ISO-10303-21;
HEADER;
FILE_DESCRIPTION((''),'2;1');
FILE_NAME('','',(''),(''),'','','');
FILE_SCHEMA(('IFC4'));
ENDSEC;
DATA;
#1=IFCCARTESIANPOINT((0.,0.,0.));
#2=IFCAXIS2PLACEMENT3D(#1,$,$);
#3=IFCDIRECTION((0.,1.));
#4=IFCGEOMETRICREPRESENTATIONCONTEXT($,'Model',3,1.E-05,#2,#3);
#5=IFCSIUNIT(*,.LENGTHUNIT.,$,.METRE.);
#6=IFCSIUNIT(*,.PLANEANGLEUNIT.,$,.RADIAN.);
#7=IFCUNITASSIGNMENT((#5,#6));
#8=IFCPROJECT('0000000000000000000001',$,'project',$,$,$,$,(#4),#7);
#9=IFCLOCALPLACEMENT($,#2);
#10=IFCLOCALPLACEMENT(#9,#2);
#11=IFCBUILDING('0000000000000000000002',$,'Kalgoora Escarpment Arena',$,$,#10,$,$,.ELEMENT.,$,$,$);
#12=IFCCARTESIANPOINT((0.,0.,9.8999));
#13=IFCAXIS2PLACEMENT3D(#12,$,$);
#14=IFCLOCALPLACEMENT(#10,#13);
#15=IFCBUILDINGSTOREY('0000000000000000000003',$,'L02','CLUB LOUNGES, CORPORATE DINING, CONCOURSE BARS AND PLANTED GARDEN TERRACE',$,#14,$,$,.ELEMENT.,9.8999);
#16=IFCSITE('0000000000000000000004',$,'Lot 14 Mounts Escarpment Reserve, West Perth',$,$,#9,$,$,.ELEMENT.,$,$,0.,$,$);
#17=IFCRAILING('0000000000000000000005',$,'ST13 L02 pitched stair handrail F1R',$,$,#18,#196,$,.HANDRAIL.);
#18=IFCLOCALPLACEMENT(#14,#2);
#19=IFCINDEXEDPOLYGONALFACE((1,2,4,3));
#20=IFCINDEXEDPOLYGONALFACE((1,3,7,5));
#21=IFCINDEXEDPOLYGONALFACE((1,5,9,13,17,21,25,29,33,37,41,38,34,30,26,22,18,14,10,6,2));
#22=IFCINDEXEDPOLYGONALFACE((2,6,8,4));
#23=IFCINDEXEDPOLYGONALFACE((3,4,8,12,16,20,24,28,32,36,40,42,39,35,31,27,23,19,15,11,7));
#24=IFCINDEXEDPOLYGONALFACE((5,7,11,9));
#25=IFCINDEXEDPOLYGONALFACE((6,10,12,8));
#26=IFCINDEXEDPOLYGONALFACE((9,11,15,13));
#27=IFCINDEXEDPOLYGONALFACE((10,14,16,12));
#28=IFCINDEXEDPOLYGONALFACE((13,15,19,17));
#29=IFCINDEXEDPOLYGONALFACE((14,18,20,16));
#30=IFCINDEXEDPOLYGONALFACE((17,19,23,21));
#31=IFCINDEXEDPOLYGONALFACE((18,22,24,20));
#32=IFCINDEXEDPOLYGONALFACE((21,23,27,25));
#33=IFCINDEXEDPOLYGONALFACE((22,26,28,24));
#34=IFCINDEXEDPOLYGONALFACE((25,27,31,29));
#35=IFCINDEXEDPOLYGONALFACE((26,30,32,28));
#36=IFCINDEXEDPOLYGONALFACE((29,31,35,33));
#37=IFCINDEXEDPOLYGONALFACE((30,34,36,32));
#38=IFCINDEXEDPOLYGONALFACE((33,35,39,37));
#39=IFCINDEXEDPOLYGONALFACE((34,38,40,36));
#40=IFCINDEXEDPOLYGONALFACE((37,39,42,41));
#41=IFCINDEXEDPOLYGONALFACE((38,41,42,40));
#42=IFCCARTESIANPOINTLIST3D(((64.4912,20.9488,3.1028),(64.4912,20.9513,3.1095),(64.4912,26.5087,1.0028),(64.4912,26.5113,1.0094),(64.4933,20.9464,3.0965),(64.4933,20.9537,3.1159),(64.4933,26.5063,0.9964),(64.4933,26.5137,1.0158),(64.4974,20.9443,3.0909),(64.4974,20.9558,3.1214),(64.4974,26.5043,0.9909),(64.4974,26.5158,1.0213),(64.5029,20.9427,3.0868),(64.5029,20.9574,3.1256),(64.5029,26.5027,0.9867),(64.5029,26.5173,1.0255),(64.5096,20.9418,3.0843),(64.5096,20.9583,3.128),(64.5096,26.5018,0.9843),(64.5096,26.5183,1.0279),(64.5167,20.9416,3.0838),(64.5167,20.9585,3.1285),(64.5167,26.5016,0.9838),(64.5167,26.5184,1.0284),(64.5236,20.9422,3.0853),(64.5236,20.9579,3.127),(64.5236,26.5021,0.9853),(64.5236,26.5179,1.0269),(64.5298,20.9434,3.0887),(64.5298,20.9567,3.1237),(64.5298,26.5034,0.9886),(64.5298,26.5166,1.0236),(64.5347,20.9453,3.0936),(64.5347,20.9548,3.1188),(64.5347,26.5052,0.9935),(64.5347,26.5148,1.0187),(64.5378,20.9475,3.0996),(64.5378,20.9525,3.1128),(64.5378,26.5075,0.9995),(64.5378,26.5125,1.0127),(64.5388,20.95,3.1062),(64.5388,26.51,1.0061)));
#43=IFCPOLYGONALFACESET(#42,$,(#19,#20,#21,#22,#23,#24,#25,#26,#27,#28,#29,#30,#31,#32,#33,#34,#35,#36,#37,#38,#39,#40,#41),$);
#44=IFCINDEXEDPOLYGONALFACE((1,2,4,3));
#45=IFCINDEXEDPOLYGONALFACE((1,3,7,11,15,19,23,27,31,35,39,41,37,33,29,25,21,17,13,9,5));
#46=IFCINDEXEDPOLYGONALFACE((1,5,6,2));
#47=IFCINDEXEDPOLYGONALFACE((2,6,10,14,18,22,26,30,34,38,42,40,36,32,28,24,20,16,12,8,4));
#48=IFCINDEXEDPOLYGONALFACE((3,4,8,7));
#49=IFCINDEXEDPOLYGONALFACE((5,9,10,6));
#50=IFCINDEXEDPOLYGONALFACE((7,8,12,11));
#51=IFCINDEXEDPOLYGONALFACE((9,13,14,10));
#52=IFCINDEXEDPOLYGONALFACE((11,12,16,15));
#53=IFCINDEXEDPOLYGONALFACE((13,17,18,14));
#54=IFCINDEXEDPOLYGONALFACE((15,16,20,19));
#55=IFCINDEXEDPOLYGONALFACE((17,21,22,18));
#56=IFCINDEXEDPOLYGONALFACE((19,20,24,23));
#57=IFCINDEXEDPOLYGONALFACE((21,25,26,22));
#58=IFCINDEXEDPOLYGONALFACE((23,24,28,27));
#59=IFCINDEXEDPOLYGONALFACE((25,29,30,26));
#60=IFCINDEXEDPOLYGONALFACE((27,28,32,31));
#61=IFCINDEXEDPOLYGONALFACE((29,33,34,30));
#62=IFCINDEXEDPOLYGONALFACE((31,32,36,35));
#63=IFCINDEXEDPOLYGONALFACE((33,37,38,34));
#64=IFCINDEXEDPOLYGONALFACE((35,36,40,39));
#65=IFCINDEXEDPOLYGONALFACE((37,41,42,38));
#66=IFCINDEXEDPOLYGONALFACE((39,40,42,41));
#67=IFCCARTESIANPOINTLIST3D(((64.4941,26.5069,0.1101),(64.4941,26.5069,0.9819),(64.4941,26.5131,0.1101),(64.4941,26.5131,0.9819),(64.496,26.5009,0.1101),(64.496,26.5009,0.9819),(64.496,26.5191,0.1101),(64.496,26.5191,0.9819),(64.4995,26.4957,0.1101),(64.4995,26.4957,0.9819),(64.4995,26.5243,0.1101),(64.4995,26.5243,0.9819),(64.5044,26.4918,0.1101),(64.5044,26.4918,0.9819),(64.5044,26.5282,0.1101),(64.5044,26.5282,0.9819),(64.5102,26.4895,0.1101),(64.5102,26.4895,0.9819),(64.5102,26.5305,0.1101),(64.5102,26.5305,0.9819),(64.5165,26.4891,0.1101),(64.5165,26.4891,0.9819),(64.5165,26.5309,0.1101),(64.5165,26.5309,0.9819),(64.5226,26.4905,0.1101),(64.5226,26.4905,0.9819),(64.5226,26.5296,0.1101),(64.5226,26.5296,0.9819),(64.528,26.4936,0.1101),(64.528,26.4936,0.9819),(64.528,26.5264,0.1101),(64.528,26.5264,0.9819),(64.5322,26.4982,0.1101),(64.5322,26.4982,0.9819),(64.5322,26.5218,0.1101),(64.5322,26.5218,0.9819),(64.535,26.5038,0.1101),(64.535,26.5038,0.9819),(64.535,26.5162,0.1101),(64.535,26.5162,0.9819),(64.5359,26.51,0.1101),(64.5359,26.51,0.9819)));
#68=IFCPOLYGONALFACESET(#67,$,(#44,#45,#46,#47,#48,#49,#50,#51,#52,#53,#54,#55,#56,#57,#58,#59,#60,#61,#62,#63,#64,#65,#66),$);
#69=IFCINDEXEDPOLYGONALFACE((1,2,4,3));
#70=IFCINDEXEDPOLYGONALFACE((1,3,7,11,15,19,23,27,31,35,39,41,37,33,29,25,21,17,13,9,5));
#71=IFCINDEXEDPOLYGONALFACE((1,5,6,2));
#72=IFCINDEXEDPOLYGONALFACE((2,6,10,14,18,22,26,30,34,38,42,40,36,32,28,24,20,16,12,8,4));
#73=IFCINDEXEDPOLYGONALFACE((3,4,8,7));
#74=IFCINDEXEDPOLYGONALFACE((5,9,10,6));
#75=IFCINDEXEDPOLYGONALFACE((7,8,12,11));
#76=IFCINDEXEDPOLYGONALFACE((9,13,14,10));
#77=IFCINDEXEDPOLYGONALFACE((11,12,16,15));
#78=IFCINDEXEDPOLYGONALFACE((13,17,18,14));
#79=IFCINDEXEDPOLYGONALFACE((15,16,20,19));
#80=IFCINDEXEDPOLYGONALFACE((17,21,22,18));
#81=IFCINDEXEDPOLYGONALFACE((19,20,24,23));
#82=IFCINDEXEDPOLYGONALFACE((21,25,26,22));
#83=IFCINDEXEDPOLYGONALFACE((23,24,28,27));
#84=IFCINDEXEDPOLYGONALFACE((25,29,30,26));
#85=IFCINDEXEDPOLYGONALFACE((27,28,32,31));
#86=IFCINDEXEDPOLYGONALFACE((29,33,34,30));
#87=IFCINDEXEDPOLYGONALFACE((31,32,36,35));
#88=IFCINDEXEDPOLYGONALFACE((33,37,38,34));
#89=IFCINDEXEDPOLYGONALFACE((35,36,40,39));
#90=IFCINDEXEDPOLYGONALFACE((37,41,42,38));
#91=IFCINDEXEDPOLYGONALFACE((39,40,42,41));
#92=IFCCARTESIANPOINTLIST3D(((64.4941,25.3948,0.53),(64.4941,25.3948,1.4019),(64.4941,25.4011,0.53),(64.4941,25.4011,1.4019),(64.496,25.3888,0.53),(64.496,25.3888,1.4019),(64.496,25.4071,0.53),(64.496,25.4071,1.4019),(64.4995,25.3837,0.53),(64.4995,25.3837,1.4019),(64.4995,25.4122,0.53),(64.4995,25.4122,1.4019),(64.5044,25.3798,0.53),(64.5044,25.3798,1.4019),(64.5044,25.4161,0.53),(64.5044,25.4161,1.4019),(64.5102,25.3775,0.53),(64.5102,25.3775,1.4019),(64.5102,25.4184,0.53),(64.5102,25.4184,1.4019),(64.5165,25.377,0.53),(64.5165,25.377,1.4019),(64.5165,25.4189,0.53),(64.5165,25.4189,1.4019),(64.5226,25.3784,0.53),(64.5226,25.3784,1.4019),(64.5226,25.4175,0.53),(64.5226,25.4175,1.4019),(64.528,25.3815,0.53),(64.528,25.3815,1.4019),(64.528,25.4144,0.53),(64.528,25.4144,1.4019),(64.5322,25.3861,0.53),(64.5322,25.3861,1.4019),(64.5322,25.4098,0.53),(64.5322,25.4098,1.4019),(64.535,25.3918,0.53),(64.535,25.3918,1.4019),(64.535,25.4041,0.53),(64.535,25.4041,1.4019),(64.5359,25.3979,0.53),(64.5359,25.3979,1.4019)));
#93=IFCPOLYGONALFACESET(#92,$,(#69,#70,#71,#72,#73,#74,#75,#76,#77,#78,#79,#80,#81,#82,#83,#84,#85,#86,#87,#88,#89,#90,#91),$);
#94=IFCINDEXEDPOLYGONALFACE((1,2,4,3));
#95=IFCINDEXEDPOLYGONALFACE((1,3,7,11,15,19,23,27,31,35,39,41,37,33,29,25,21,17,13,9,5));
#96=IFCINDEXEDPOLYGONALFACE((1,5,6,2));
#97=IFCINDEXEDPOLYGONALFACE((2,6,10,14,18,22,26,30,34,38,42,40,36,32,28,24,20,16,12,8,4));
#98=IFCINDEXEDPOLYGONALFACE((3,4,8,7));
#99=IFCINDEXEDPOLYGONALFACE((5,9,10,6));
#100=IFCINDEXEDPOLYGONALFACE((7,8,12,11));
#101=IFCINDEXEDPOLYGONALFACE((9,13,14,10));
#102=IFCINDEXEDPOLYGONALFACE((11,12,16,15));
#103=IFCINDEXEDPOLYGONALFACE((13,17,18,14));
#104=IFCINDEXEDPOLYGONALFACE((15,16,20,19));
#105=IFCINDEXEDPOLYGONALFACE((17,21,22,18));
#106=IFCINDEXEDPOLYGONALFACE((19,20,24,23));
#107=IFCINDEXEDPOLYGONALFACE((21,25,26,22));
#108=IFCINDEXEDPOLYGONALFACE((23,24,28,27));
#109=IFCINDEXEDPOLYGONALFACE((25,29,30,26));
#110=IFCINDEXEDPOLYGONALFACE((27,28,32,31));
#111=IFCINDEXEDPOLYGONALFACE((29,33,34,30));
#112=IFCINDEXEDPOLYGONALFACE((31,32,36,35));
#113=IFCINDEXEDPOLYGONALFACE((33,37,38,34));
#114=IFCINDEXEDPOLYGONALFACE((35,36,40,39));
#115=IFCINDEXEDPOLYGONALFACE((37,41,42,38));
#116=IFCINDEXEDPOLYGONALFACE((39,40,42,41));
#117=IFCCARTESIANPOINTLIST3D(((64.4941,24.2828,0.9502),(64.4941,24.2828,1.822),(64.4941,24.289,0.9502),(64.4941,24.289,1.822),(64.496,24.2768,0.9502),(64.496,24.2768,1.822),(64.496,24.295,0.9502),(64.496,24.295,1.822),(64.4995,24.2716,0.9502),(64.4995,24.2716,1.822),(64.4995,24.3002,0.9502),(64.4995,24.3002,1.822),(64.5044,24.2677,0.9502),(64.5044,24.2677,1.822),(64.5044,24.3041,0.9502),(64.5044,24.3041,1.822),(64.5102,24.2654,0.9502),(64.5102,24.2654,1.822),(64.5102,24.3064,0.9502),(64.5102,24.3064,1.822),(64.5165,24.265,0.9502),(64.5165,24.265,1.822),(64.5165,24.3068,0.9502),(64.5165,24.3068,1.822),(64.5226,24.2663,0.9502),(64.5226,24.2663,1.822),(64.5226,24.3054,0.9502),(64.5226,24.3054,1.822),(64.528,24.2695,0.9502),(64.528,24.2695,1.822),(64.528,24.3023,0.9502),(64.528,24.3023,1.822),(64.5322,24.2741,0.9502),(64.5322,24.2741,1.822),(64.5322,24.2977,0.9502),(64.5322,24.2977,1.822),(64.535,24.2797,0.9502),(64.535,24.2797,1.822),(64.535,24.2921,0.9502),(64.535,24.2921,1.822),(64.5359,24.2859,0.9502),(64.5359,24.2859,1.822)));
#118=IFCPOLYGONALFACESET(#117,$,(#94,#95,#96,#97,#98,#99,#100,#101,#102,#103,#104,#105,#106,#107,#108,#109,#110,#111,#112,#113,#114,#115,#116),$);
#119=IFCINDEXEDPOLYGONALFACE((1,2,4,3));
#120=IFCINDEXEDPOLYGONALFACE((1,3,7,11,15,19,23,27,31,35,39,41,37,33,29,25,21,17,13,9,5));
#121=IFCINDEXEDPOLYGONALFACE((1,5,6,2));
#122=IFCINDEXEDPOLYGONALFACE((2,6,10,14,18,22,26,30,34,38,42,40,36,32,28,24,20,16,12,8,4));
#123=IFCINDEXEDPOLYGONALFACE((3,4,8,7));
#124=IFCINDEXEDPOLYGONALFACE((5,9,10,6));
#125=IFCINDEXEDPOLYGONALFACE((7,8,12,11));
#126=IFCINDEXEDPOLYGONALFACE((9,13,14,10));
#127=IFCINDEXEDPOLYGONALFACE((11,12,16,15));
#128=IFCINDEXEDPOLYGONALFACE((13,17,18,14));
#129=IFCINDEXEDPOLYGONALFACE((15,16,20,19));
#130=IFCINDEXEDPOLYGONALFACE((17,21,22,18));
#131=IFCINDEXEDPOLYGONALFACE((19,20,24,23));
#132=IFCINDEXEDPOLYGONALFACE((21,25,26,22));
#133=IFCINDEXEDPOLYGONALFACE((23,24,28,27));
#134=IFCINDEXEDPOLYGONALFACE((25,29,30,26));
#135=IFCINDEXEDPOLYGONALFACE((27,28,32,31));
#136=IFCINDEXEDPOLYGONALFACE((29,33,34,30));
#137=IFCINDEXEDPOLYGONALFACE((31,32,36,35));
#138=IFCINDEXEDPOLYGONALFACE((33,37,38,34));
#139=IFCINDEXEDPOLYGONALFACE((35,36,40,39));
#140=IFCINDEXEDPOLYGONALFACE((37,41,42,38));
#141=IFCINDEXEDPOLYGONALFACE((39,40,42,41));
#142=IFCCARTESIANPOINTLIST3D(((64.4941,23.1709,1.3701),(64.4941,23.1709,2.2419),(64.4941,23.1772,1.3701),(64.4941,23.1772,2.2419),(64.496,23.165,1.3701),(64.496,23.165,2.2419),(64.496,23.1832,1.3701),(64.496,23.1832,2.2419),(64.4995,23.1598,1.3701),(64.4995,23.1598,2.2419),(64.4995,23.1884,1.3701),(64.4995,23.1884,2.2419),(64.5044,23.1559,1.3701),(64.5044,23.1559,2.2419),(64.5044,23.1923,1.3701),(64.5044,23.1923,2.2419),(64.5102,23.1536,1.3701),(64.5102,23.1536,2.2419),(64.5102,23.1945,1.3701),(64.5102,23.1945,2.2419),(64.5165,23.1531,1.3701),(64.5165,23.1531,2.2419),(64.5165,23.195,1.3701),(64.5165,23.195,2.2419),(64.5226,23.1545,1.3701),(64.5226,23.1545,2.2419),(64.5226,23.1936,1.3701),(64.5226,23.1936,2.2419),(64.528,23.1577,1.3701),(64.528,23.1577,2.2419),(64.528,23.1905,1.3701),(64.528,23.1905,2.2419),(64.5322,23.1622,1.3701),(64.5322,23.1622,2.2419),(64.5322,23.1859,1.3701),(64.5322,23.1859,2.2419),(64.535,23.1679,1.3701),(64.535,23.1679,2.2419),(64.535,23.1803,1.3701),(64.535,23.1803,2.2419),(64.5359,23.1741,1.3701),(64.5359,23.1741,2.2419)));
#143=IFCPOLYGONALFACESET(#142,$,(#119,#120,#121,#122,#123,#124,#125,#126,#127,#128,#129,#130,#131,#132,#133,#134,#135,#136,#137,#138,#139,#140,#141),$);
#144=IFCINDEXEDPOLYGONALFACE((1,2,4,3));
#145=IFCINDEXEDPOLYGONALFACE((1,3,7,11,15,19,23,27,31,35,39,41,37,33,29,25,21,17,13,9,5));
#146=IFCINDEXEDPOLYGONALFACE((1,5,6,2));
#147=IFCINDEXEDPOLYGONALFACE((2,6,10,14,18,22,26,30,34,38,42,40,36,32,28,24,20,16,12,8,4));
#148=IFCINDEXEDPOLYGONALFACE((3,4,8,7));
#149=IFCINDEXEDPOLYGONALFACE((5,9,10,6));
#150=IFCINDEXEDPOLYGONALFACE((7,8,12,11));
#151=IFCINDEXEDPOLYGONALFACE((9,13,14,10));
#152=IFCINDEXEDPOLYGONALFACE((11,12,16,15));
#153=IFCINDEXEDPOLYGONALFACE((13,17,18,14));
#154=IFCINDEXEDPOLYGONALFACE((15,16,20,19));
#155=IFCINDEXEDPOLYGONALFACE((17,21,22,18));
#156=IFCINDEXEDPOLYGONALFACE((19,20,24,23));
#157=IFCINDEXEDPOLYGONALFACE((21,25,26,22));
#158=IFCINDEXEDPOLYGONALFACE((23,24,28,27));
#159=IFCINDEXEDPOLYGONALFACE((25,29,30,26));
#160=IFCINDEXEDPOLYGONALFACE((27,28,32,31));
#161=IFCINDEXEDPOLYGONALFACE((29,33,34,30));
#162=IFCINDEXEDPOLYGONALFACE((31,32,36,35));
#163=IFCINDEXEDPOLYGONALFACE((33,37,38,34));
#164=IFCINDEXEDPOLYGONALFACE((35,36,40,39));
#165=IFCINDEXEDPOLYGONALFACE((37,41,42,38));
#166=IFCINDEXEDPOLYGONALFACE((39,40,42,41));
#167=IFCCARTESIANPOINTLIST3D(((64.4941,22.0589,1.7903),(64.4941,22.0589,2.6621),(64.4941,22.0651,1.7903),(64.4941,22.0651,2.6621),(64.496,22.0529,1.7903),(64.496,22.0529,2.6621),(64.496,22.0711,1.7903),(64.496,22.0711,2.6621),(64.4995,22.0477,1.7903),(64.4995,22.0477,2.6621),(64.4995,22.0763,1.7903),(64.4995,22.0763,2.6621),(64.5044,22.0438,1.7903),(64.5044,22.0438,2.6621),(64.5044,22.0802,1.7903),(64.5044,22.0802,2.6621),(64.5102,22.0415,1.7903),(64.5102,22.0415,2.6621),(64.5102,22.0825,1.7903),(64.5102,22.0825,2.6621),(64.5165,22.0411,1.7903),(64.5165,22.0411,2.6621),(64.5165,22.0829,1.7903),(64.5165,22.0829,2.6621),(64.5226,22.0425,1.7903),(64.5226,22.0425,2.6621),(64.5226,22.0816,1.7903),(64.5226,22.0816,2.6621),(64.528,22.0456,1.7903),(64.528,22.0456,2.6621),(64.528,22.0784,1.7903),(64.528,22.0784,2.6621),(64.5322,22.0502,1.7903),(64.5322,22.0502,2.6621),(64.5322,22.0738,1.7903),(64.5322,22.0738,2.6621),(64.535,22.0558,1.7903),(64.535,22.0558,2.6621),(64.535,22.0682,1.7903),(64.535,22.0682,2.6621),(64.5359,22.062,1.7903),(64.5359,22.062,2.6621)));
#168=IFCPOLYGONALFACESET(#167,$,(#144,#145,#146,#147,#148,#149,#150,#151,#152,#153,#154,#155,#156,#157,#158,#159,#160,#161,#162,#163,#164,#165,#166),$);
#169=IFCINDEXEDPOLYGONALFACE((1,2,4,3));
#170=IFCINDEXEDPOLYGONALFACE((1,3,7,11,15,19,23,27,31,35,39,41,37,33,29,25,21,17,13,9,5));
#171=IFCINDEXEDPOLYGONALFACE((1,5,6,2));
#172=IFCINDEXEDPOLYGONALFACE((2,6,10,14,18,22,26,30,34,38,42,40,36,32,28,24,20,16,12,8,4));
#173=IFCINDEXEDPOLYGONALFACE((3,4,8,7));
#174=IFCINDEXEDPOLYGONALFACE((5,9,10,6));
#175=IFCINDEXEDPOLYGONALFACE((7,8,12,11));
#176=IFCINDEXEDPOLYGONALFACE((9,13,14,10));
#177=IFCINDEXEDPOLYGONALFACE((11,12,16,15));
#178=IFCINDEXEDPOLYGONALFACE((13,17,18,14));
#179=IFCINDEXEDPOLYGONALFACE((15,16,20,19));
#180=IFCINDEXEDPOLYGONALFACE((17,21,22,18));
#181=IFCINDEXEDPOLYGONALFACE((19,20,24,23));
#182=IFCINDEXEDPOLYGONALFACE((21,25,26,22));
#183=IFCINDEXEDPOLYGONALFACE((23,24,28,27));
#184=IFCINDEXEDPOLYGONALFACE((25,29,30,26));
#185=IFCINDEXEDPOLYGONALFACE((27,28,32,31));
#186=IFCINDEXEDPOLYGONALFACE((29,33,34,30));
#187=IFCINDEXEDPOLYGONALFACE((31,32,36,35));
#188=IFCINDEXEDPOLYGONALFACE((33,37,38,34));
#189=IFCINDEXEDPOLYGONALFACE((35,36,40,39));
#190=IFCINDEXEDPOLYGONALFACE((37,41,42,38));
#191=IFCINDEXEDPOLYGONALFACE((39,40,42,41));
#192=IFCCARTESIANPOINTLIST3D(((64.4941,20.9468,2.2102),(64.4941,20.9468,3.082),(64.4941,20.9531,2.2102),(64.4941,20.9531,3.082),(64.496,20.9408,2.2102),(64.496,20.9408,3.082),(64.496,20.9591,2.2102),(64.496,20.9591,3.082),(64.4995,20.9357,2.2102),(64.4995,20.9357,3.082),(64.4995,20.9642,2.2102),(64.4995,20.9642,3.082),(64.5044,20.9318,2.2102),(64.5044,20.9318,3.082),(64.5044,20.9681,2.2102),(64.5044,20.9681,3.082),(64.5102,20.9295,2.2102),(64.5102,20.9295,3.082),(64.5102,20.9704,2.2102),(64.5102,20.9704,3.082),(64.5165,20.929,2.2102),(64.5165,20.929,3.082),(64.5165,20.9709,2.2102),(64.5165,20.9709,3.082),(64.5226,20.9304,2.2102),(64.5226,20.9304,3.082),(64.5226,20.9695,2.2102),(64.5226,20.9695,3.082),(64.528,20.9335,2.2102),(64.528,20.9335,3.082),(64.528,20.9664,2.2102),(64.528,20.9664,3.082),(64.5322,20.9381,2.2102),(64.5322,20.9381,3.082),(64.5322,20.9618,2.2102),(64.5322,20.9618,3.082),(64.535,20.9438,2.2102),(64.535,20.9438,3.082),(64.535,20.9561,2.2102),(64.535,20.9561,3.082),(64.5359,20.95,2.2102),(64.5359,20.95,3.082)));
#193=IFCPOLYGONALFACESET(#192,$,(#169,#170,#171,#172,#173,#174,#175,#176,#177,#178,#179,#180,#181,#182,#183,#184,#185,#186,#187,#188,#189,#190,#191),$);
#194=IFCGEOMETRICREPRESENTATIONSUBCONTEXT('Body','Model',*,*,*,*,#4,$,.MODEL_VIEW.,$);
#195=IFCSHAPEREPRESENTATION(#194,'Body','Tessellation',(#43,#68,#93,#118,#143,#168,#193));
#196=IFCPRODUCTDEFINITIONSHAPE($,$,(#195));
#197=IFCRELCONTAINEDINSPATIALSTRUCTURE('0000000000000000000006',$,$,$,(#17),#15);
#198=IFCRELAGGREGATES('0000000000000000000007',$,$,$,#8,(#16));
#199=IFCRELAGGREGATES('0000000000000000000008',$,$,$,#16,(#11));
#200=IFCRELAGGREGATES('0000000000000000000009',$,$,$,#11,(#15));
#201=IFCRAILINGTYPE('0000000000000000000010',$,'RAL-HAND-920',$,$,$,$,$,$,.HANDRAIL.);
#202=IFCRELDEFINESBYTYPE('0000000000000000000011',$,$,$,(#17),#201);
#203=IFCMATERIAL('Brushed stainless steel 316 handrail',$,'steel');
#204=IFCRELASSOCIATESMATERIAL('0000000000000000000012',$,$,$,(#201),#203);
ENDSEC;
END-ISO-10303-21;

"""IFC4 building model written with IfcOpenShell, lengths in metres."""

from ifc_helpers import new_model, si_unit, direction, frame, origin, origin_2d, place, context, subcontext, project, spatial, circle, extrude, material, type_object, element, save


model = new_model("IFC4")

# Units and contexts
model_context = context("Model", 3, precision=1e-05, world=origin(), true_north=direction((0.0, 1.0)))
body_context = subcontext(model_context, "Body", "Model", "MODEL_VIEW")
ifc_project = project(units=[si_unit("LENGTHUNIT", "METRE"), si_unit("PLANEANGLEUNIT", "RADIAN")], contexts=[model_context])

# Site, building, storey
site_placement = place(None, origin())
site = spatial("IfcSite", under=ifc_project, at=site_placement, Name="Lot 14 Mounts Escarpment Reserve, West Perth", CompositionType="ELEMENT", RefElevation=0.0)
building_placement = place(site_placement, origin())
building = spatial("IfcBuilding", under=site, at=building_placement, Name="Kalgoora Escarpment Arena", CompositionType="ELEMENT")
storey_placement = place(building_placement, frame((0.0, 0.0, 9.8999)))
storey = spatial("IfcBuildingStorey", under=building, at=storey_placement, Name="L02", Description="CLUB LOUNGES, CORPORATE DINING, CONCOURSE BARS AND PLANTED GARDEN TERRACE", CompositionType="ELEMENT", Elevation=9.8999)

# Railing
ifc_material_1 = material(Name="Brushed stainless steel 316 handrail", Category="steel")
railing_type_1 = type_object("IfcRailingType", Name="RAL-HAND-920", PredefinedType="HANDRAIL", material=ifc_material_1)
railing_1_placement = place(storey_placement, frame((64.5149, 26.51, 0.1101)))
element("IfcRailing", 1, at=railing_1_placement, inside=storey, type_object=railing_type_1, Name="ST13 L02 pitched stair handrail F1R", PredefinedType="HANDRAIL", context=body_context, shape_type="SweptSolid", body=[
    extrude(circle(Radius=0.0239, at=origin_2d()), frame((0.0, 0.0, 0.896), z_axis=(0.0, -0.935493, 0.353346), x_axis=(1.0, 0.0, 0.0)), (0.0, 0.0, 1.0), 5.9434),
    extrude(circle(Radius=0.021, at=origin_2d()), origin(), (0.0, 0.0, 1.0), 0.8718),
    extrude(circle(Radius=0.021, at=origin_2d()), frame((0.0, -1.1121, 0.4199)), (0.0, 0.0, 1.0), 0.8718),
    extrude(circle(Radius=0.021, at=origin_2d()), frame((0.0, -2.2241, 0.8401)), (0.0, 0.0, 1.0), 0.8718),
    extrude(circle(Radius=0.021, at=origin_2d()), frame((0.0, -3.3359, 1.26)), (0.0, 0.0, 1.0), 0.8718),
    extrude(circle(Radius=0.021, at=origin_2d()), frame((0.0, -4.448, 1.6802)), (0.0, 0.0, 1.0), 0.8718),
    extrude(circle(Radius=0.021, at=origin_2d()), frame((0.0, -5.5601, 2.1001)), (0.0, 0.0, 1.0), 0.8718),
])

save(model, "model.ifc")
